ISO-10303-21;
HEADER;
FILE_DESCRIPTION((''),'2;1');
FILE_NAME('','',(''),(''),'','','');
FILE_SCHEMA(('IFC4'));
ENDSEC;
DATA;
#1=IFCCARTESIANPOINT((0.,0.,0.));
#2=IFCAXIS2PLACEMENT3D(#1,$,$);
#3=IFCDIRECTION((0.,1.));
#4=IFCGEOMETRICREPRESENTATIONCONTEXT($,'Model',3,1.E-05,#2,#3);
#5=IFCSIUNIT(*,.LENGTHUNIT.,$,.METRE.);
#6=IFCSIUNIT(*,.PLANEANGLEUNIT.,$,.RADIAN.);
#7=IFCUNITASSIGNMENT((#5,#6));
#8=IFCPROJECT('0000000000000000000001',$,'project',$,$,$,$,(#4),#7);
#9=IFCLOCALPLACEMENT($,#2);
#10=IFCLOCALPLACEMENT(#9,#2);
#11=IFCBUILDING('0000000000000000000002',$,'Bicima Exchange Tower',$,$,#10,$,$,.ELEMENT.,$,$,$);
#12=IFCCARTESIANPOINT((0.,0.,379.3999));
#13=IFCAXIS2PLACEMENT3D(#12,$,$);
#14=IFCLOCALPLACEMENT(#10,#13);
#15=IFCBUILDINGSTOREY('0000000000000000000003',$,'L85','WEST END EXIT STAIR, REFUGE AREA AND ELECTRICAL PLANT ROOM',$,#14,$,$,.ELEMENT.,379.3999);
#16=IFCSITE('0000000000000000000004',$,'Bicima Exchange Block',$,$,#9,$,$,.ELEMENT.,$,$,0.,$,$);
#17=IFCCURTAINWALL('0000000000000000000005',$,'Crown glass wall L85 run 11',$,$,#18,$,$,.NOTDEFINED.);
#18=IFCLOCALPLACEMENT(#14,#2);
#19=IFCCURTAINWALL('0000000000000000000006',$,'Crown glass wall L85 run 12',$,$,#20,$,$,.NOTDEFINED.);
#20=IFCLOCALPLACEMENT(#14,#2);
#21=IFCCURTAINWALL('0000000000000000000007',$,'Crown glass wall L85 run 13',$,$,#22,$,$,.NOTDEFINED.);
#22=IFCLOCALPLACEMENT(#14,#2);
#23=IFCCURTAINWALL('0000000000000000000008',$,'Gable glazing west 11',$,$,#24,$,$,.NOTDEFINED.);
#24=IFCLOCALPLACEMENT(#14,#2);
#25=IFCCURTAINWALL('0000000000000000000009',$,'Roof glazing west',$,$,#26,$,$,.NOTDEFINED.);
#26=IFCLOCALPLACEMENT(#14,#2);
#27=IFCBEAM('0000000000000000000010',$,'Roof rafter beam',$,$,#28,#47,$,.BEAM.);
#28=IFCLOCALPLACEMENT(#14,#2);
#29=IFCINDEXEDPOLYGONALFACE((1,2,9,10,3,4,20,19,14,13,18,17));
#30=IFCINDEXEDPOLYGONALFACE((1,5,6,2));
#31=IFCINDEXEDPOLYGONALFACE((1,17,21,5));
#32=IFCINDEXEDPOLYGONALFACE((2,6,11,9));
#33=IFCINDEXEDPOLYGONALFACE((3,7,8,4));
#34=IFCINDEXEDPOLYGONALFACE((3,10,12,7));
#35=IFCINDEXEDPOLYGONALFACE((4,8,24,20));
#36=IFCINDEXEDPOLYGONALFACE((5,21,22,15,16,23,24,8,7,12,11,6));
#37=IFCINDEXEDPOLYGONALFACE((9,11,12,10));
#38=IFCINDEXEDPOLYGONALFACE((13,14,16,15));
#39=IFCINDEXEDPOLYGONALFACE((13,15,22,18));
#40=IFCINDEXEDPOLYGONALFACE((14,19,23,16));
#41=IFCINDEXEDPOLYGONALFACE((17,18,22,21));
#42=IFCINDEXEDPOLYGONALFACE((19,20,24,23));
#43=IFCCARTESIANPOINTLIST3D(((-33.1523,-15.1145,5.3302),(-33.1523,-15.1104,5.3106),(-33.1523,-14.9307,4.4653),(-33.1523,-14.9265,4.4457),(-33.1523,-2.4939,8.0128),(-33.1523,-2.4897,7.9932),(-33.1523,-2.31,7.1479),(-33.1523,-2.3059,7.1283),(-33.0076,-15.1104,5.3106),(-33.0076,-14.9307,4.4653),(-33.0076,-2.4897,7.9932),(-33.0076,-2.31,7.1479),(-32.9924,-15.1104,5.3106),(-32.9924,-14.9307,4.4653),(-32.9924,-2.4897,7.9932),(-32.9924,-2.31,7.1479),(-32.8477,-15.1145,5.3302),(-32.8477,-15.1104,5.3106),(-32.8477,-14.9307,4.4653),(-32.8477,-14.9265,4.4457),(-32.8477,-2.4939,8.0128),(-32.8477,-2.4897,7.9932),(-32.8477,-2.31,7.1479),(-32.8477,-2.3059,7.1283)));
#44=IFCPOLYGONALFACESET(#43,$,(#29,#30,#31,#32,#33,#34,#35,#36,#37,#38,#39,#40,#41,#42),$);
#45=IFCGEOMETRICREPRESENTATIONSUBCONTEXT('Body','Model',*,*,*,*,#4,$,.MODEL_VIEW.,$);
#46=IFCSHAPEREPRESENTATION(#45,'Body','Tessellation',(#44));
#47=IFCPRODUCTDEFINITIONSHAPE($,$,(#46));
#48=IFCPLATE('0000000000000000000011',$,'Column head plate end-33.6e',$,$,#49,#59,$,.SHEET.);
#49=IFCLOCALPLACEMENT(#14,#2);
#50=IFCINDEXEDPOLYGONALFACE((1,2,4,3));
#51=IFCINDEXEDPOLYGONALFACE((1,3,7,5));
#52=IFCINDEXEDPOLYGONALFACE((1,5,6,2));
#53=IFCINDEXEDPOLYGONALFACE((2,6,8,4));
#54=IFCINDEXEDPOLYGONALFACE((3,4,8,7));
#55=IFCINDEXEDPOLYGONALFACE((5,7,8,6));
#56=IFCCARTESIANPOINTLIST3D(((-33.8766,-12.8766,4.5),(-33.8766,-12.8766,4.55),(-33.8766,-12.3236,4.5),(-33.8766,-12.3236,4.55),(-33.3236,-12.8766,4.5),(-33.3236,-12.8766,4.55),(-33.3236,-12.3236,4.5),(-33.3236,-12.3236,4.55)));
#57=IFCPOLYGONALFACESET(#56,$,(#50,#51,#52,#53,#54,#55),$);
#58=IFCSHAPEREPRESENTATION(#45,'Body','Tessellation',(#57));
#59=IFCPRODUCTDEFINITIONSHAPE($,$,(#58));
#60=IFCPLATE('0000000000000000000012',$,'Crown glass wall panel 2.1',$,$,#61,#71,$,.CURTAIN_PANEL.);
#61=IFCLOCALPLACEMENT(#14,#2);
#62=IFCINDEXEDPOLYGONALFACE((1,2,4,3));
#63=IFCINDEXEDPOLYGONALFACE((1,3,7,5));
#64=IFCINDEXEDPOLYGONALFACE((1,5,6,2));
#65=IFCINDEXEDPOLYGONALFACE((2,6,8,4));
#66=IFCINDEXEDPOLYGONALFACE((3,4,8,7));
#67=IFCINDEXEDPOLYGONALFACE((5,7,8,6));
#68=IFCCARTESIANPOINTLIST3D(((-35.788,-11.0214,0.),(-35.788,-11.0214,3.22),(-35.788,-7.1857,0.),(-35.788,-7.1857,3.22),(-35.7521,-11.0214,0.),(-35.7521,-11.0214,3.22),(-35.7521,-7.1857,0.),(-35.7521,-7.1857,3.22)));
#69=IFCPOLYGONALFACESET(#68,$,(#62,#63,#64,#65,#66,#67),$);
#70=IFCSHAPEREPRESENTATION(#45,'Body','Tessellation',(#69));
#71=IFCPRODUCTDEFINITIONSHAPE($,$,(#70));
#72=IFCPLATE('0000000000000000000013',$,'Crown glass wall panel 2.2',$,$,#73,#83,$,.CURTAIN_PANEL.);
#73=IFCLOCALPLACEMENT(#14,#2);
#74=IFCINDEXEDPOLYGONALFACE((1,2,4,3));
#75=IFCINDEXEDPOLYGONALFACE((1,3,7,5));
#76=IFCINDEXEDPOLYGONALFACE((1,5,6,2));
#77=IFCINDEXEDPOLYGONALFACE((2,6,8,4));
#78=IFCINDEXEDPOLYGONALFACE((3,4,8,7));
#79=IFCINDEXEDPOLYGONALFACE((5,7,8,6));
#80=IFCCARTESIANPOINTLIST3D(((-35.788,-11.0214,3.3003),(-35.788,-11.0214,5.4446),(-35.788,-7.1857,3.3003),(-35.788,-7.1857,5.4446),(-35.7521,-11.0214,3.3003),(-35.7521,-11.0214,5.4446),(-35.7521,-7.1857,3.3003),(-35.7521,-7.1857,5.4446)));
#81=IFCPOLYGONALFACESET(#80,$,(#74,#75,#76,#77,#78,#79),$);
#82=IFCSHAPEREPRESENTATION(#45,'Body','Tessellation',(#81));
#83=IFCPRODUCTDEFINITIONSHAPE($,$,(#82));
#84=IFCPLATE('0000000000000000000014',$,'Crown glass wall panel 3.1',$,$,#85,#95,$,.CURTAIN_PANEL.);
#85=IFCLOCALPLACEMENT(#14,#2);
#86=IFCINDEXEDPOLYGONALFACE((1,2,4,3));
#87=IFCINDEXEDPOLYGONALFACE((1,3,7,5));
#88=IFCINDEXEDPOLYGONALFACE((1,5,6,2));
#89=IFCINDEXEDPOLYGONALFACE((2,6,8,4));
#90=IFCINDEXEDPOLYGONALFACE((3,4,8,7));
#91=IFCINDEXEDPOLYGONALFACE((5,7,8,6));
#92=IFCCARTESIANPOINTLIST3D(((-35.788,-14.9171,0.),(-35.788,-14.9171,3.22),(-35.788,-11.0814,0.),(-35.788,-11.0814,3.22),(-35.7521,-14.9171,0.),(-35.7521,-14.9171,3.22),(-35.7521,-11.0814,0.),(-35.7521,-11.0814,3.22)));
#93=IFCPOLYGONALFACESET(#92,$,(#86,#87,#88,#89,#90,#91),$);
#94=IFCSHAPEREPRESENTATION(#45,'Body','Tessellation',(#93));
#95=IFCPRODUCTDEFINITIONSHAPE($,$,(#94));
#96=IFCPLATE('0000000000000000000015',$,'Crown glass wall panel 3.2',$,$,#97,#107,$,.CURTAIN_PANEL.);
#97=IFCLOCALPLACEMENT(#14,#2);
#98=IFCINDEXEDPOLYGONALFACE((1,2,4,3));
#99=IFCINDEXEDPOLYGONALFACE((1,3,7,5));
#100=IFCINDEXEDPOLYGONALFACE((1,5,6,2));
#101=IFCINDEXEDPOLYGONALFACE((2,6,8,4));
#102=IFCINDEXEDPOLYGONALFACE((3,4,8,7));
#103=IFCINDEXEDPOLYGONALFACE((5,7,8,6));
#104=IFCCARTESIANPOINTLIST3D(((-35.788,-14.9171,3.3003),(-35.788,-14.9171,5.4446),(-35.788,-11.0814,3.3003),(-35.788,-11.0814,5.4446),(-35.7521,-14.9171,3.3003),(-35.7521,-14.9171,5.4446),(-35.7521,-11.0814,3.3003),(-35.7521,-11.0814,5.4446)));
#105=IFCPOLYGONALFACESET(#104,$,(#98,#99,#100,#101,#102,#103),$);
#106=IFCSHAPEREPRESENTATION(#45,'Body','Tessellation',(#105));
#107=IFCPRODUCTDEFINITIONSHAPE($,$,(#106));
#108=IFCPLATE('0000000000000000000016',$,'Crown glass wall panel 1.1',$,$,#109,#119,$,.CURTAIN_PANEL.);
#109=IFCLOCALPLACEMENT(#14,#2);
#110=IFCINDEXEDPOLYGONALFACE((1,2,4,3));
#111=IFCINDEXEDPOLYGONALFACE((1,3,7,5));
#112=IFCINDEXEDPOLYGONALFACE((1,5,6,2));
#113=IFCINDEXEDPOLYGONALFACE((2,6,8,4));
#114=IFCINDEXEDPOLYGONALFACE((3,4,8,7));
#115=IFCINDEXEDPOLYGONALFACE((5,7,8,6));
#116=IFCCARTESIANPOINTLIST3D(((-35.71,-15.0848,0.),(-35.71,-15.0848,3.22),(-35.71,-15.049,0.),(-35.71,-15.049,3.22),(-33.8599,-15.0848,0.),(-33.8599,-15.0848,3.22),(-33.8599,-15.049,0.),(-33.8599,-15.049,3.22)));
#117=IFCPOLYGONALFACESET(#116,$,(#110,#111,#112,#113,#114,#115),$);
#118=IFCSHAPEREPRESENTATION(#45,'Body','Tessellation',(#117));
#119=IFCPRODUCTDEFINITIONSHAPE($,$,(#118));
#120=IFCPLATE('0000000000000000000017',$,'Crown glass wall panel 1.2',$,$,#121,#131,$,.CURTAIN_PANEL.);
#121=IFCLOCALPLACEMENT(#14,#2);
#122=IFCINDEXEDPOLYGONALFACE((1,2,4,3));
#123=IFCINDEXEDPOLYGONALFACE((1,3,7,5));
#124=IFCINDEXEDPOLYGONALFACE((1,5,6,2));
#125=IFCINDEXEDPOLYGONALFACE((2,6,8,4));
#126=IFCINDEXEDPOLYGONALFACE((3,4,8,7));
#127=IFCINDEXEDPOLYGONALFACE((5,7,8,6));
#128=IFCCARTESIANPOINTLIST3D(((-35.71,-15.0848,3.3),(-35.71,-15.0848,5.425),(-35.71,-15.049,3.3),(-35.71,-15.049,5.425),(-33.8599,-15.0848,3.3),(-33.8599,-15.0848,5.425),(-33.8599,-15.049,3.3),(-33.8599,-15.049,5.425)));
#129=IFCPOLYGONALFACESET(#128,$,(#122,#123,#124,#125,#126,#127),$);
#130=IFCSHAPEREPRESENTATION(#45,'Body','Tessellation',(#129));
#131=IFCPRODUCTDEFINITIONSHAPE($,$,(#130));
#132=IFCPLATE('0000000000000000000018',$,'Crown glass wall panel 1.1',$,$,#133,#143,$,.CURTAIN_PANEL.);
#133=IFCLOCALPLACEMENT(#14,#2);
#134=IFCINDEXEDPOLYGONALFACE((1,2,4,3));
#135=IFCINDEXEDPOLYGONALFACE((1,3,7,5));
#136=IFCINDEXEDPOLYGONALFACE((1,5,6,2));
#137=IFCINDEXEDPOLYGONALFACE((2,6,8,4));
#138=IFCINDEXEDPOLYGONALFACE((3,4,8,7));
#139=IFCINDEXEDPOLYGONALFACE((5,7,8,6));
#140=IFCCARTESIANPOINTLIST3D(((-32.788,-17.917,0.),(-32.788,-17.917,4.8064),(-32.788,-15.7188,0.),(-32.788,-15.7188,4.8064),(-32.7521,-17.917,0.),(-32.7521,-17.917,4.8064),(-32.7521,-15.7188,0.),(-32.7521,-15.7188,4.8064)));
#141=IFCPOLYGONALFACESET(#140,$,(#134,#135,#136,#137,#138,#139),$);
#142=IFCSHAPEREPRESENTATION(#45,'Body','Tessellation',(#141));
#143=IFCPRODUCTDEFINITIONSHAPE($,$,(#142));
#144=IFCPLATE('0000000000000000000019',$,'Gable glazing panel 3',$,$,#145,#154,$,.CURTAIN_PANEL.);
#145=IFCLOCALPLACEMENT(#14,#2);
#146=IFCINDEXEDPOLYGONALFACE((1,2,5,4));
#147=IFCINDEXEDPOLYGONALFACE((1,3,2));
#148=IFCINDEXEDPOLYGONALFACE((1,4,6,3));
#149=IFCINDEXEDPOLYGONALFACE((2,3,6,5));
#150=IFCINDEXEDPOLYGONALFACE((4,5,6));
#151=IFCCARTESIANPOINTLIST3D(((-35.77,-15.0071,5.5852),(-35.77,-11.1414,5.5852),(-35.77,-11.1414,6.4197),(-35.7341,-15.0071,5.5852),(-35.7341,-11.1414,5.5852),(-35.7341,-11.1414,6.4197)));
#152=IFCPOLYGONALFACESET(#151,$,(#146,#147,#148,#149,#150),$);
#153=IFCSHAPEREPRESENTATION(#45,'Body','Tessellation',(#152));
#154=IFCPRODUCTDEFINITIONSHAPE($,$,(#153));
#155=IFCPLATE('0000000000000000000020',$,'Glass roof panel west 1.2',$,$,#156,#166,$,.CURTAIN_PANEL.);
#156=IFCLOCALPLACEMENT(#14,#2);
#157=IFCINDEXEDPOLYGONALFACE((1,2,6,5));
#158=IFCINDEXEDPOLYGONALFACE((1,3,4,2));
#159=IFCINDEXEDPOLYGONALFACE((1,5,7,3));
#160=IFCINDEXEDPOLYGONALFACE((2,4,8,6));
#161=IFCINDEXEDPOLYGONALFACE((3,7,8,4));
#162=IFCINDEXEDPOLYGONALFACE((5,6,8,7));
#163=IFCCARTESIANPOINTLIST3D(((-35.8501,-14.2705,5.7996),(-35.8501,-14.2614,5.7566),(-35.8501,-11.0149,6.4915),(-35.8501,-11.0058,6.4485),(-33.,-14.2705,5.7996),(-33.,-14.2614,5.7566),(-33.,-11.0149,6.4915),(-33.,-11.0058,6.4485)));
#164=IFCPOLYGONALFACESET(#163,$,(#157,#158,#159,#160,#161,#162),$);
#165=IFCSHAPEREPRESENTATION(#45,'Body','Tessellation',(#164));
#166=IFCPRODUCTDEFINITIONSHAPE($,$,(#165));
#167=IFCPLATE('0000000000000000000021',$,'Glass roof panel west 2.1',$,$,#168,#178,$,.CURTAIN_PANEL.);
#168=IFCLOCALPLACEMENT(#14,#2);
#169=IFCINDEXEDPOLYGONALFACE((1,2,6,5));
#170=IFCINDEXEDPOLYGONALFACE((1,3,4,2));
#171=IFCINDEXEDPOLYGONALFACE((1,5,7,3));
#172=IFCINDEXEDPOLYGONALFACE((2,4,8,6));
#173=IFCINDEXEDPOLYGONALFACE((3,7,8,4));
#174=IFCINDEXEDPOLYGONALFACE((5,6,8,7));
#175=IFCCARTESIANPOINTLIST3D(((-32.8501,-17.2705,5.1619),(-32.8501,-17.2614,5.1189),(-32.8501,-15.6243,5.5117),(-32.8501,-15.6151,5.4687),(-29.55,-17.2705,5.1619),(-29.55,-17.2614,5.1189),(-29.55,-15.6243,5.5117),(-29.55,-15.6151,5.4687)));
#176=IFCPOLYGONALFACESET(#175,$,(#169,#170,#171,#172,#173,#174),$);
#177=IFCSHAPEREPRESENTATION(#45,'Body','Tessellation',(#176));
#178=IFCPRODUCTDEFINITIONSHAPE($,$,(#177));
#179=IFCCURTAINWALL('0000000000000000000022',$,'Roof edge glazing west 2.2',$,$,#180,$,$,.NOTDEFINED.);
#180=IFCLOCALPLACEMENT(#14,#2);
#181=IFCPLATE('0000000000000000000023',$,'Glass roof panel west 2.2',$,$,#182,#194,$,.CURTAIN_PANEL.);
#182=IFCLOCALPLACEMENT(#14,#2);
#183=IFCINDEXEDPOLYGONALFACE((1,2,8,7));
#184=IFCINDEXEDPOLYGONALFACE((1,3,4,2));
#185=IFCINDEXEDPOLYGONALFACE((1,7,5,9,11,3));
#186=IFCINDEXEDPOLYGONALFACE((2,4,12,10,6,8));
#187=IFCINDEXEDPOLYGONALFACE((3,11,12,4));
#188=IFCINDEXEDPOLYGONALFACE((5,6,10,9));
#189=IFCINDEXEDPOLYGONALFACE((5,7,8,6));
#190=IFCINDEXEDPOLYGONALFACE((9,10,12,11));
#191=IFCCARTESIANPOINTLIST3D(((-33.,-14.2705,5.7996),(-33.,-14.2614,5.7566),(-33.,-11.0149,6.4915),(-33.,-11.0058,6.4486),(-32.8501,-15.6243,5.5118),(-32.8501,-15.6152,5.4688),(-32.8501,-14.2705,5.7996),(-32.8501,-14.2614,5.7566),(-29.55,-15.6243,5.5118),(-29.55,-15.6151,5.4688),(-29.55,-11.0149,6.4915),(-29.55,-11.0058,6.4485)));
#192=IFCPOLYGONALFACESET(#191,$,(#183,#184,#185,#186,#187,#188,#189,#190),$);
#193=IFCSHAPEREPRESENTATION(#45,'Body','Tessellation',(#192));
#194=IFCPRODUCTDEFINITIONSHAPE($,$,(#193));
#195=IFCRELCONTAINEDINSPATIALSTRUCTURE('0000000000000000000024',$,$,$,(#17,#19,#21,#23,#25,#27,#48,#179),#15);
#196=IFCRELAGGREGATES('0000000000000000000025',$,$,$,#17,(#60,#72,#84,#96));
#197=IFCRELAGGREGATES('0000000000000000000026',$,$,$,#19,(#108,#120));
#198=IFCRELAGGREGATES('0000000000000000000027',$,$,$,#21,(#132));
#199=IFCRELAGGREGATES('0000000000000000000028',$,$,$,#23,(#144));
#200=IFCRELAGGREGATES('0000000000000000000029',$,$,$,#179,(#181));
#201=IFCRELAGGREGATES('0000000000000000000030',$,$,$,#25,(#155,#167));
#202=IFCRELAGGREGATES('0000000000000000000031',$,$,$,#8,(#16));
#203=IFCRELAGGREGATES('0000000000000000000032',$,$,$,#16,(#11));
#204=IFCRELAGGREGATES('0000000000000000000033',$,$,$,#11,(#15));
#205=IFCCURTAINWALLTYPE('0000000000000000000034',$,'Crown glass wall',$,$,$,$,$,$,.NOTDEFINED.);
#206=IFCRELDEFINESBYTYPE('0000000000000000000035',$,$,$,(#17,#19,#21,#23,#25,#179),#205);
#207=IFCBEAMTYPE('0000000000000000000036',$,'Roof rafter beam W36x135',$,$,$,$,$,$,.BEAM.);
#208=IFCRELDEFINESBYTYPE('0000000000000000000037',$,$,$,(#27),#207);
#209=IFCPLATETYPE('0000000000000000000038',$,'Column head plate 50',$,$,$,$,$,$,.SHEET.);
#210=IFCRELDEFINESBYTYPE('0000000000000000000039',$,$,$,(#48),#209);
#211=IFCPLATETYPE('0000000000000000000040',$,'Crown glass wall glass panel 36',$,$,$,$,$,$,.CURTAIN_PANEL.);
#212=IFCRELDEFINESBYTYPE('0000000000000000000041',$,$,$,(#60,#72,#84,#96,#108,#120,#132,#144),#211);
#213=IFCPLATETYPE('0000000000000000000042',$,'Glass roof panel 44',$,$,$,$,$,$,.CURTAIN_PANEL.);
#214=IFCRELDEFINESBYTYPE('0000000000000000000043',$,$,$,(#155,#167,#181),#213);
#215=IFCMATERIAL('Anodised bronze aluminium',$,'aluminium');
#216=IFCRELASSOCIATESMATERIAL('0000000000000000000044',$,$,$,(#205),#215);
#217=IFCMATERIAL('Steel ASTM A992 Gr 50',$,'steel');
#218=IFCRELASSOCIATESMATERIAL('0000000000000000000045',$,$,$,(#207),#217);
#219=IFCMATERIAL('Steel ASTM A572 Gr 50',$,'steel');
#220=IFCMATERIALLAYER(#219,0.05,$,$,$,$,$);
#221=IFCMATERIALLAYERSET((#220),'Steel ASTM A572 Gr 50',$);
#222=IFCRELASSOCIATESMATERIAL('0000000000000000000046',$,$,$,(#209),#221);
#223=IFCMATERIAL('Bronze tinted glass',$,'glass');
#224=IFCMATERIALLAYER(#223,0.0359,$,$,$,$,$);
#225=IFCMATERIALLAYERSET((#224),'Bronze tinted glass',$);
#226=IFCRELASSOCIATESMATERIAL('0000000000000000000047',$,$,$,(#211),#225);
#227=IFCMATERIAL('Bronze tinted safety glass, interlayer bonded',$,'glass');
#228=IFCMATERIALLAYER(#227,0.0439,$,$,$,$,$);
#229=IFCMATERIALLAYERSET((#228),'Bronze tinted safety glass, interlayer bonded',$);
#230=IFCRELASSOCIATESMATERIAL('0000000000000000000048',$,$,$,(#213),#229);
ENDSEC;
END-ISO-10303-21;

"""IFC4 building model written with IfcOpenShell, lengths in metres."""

from ifc_helpers import new_model, si_unit, direction, frame, origin, origin_2d, place, context, subcontext, project, spatial, polyline, rectangle, i_section, outline, extrude, material, layer, layer_set, material_profile, profile_set, type_object, element, aggregate, save


model = new_model("IFC4")

# Units and contexts
model_context = context("Model", 3, precision=1e-05, world=origin(), true_north=direction((0.0, 1.0)))
body_context = subcontext(model_context, "Body", "Model", "MODEL_VIEW")
ifc_project = project(units=[si_unit("LENGTHUNIT", "METRE"), si_unit("PLANEANGLEUNIT", "RADIAN")], contexts=[model_context])

# Site, building, storey
site_placement = place(None, origin())
site = spatial("IfcSite", under=ifc_project, at=site_placement, Name="Bicima Exchange Block", CompositionType="ELEMENT", RefElevation=0.0)
building_placement = place(site_placement, origin())
building = spatial("IfcBuilding", under=site, at=building_placement, Name="Bicima Exchange Tower", CompositionType="ELEMENT")
storey_placement = place(building_placement, frame((0.0, 0.0, 379.3999)))
storey = spatial("IfcBuildingStorey", under=building, at=storey_placement, Name="L85", Description="WEST END EXIT STAIR, REFUGE AREA AND ELECTRICAL PLANT ROOM", CompositionType="ELEMENT", Elevation=379.3999)

# Shared definitions
ifc_material_1 = material(Name="Steel ASTM A572 Gr 50", Category="steel")
ifc_material_2 = material(Name="Steel ASTM A992 Gr 50", Category="steel")

# Curtain walls
ifc_material_3 = material(Name="Anodised bronze aluminium", Category="aluminium")
curtain_wall_type = type_object("IfcCurtainWallType", Name="Crown glass wall", PredefinedType="NOTDEFINED", material=ifc_material_3)
curtain_wall_1_placement = place(storey_placement, origin())
curtain_wall_1 = element("IfcCurtainWall", 1, at=curtain_wall_1_placement, inside=storey, type_object=curtain_wall_type, Name="Crown glass wall L85 run 11", PredefinedType="NOTDEFINED")
curtain_wall_2_placement = place(storey_placement, origin())
curtain_wall_2 = element("IfcCurtainWall", 2, at=curtain_wall_2_placement, inside=storey, type_object=curtain_wall_type, Name="Crown glass wall L85 run 12", PredefinedType="NOTDEFINED")

# Curtain walls
curtain_wall_3_placement = place(storey_placement, origin())
curtain_wall_3 = element("IfcCurtainWall", 3, at=curtain_wall_3_placement, inside=storey, type_object=curtain_wall_type, Name="Crown glass wall L85 run 13", PredefinedType="NOTDEFINED")
curtain_wall_4_placement = place(storey_placement, origin())
curtain_wall_4 = element("IfcCurtainWall", 4, at=curtain_wall_4_placement, inside=storey, type_object=curtain_wall_type, Name="Gable glazing west 11", PredefinedType="NOTDEFINED")

# Curtain wall
curtain_wall_5_placement = place(storey_placement, origin())
curtain_wall_5 = element("IfcCurtainWall", 5, at=curtain_wall_5_placement, inside=storey, type_object=curtain_wall_type, Name="Roof glazing west", PredefinedType="NOTDEFINED")

# Beam
ifc_material_profile_1 = material_profile(ifc_material_2, i_section(OverallWidth=0.3047, OverallDepth=0.9043, WebThickness=0.0151, FlangeThickness=0.02, at=origin_2d()))
ifc_profile_set_1 = profile_set([ifc_material_profile_1], Name="Steel ASTM A992 Gr 50")
beam_type_1 = type_object("IfcBeamType", Name="Roof rafter beam W36x135", PredefinedType="BEAM", material=ifc_profile_set_1)
beam_1_placement = place(storey_placement, frame((-33.0, -15.0205, 4.8879), z_axis=(0.0, 0.978147, 0.207914), x_axis=(-1.0, 0.0, 0.0)))
element("IfcBeam", 6, at=beam_1_placement, inside=storey, type_object=beam_type_1, Name="Roof rafter beam", PredefinedType="BEAM", context=body_context, shape_type="SweptSolid", body=[
    extrude(i_section(OverallWidth=0.3047, OverallDepth=0.9043, WebThickness=0.0151, FlangeThickness=0.02, at=origin_2d()), origin(), (0.0, 0.0, 1.0), 12.9026),
])

# Plates
ifc_layer_1 = layer(ifc_material_1, 0.05)
ifc_layer_set_1 = layer_set([ifc_layer_1], Name="Steel ASTM A572 Gr 50")
plate_type_1 = type_object("IfcPlateType", Name="Column head plate 50", PredefinedType="SHEET", material=ifc_layer_set_1)
plate_1_placement = place(storey_placement, frame((-33.6001, -12.6001, 4.5), z_axis=(0.0, 0.0, 1.0), x_axis=(1.0, 0.0, 0.0)))
element("IfcPlate", 7, at=plate_1_placement, inside=storey, type_object=plate_type_1, Name="Column head plate end-33.6e", PredefinedType="SHEET", context=body_context, shape_type="SweptSolid", body=[
    extrude(rectangle(XDim=0.553, YDim=0.553, at=origin_2d()), origin(), (0.0, 0.0, 1.0), 0.05),
])
ifc_material_4 = material(Name="Bronze tinted glass", Category="glass")
ifc_layer_2 = layer(ifc_material_4, 0.0359)
ifc_layer_set_2 = layer_set([ifc_layer_2], Name="Bronze tinted glass")
plate_type_2 = type_object("IfcPlateType", Name="Crown glass wall glass panel 36", PredefinedType="CURTAIN_PANEL", material=ifc_layer_set_2)
plate_2_placement = place(storey_placement, frame((-35.77, -9.1035, 0.0), z_axis=(0.0, 0.0, 1.0), x_axis=(0.0, -1.0, 0.0)))
plate_2 = element("IfcPlate", 8, at=plate_2_placement, type_object=plate_type_2, Name="Crown glass wall panel 2.1", PredefinedType="CURTAIN_PANEL", context=body_context, shape_type="SweptSolid", body=[
    extrude(rectangle(XDim=3.8357, YDim=0.0359, at=origin_2d()), origin(), (0.0, 0.0, 1.0), 3.22),
])
plate_3_placement = place(storey_placement, frame((-35.77, -9.1035, 3.3003), z_axis=(0.0, 0.0, 1.0), x_axis=(0.0, -1.0, 0.0)))
plate_3 = element("IfcPlate", 9, at=plate_3_placement, type_object=plate_type_2, Name="Crown glass wall panel 2.2", PredefinedType="CURTAIN_PANEL", context=body_context, shape_type="SweptSolid", body=[
    extrude(rectangle(XDim=3.8357, YDim=0.0359, at=origin_2d()), origin(), (0.0, 0.0, 1.0), 2.1443),
])
plate_4_placement = place(storey_placement, frame((-35.77, -12.9993, 0.0), z_axis=(0.0, 0.0, 1.0), x_axis=(0.0, -1.0, 0.0)))
plate_4 = element("IfcPlate", 10, at=plate_4_placement, type_object=plate_type_2, Name="Crown glass wall panel 3.1", PredefinedType="CURTAIN_PANEL", context=body_context, shape_type="SweptSolid", body=[
    extrude(rectangle(XDim=3.8357, YDim=0.0359, at=origin_2d()), origin(), (0.0, 0.0, 1.0), 3.22),
])
plate_5_placement = place(storey_placement, frame((-35.77, -12.9993, 3.3003), z_axis=(0.0, 0.0, 1.0), x_axis=(0.0, -1.0, 0.0)))
plate_5 = element("IfcPlate", 11, at=plate_5_placement, type_object=plate_type_2, Name="Crown glass wall panel 3.2", PredefinedType="CURTAIN_PANEL", context=body_context, shape_type="SweptSolid", body=[
    extrude(rectangle(XDim=3.8357, YDim=0.0359, at=origin_2d()), origin(), (0.0, 0.0, 1.0), 2.1443),
])
aggregate(curtain_wall_1, [plate_2, plate_3, plate_4, plate_5])
plate_6_placement = place(storey_placement, frame((-34.7849, -15.0669, 0.0), z_axis=(0.0, 0.0, 1.0), x_axis=(1.0, 0.0, 0.0)))
plate_6 = element("IfcPlate", 12, at=plate_6_placement, type_object=plate_type_2, Name="Crown glass wall panel 1.1", PredefinedType="CURTAIN_PANEL", context=body_context, shape_type="SweptSolid", body=[
    extrude(rectangle(XDim=1.8501, YDim=0.0359, at=origin_2d()), origin(), (0.0, 0.0, 1.0), 3.22),
])
plate_7_placement = place(storey_placement, frame((-34.7849, -15.0669, 3.3), z_axis=(0.0, 0.0, 1.0), x_axis=(1.0, 0.0, 0.0)))
plate_7 = element("IfcPlate", 13, at=plate_7_placement, type_object=plate_type_2, Name="Crown glass wall panel 1.2", PredefinedType="CURTAIN_PANEL", context=body_context, shape_type="SweptSolid", body=[
    extrude(rectangle(XDim=1.8501, YDim=0.0359, at=origin_2d()), origin(), (0.0, 0.0, 1.0), 2.125),
])
aggregate(curtain_wall_2, [plate_6, plate_7])
plate_8_placement = place(storey_placement, frame((-32.77, -16.8179, 0.0), z_axis=(0.0, 0.0, 1.0), x_axis=(0.0, -1.0, 0.0)))
plate_8 = element("IfcPlate", 14, at=plate_8_placement, type_object=plate_type_2, Name="Crown glass wall panel 1.1", PredefinedType="CURTAIN_PANEL", context=body_context, shape_type="SweptSolid", body=[
    extrude(rectangle(XDim=2.1982, YDim=0.0359, at=origin_2d()), origin(), (0.0, 0.0, 1.0), 4.8064),
])
aggregate(curtain_wall_3, [plate_8])
plate_9_placement = place(storey_placement, frame((-35.77, -11.1414, 5.5852), z_axis=(-1.0, 0.0, 0.0), x_axis=(0.0, -1.0, 0.0)))
plate_9 = element("IfcPlate", 15, at=plate_9_placement, type_object=plate_type_2, Name="Gable glazing panel 3", PredefinedType="CURTAIN_PANEL", context=body_context, shape_type="SweptSolid", body=[
    extrude(outline(polyline([(0.0, 0.0), (3.8657, 0.0), (0.0, 0.8345), (0.0, 0.0)])), origin(), (0.0, 0.0, -1.0), 0.0359),
])
aggregate(curtain_wall_4, [plate_9])
ifc_material_5 = material(Name="Bronze tinted safety glass, interlayer bonded", Category="glass")
ifc_layer_3 = layer(ifc_material_5, 0.0439)
ifc_layer_set_3 = layer_set([ifc_layer_3], Name="Bronze tinted safety glass, interlayer bonded")
plate_type_3 = type_object("IfcPlateType", Name="Glass roof panel 44", PredefinedType="CURTAIN_PANEL", material=ifc_layer_set_3)
plate_10_placement = place(storey_placement, frame((-35.8501, -11.0149, 6.4915), z_axis=(0.0, -0.207881, 0.978154), x_axis=(1.0, 0.0, 0.0)))
plate_10 = element("IfcPlate", 16, at=plate_10_placement, type_object=plate_type_3, Name="Glass roof panel west 1.2", PredefinedType="CURTAIN_PANEL", context=body_context, shape_type="SweptSolid", body=[
    extrude(outline(polyline([(0.0, 0.0), (2.8501, 0.0), (2.8501, -3.3283), (0.0, -3.3283), (0.0, 0.0)])), origin(), (0.0, 0.0, -1.0), 0.0439),
])
plate_11_placement = place(storey_placement, frame((-32.8501, -17.2705, 5.1619), z_axis=(0.0, -0.207874, 0.978156), x_axis=(0.0, 0.978156, 0.207874)))
plate_11 = element("IfcPlate", 17, at=plate_11_placement, type_object=plate_type_3, Name="Glass roof panel west 2.1", PredefinedType="CURTAIN_PANEL", context=body_context, shape_type="SweptSolid", body=[
    extrude(outline(polyline([(0.0, 0.0), (1.683, 0.0), (1.683, -3.3), (0.0, -3.3), (0.0, 0.0)])), origin(), (0.0, 0.0, -1.0), 0.0439),
])

# Curtain wall, plate
curtain_wall_6_placement = place(storey_placement, origin())
curtain_wall_6 = element("IfcCurtainWall", 18, at=curtain_wall_6_placement, inside=storey, type_object=curtain_wall_type, Name="Roof edge glazing west 2.2", PredefinedType="NOTDEFINED")
plate_12_placement = place(storey_placement, frame((-32.8501, -14.2705, 5.7996), z_axis=(0.000014, -0.207907, 0.978148), x_axis=(-1.0, -0.000003, 0.000014)))
plate_12 = element("IfcPlate", 19, at=plate_12_placement, type_object=plate_type_3, Name="Glass roof panel west 2.2", PredefinedType="CURTAIN_PANEL", context=body_context, shape_type="SweptSolid", body=[
    extrude(outline(polyline([(0.0, 0.0), (0.1499, 0.0), (0.1499, -3.3283), (-3.3, -3.3283), (-3.3, 1.384), (0.0, 1.384), (0.0, 0.0)])), origin(), (0.0, 0.0, -1.0), 0.0439),
])
aggregate(curtain_wall_6, [plate_12])

aggregate(curtain_wall_5, [plate_10, plate_11])

save(model, "model.ifc")
